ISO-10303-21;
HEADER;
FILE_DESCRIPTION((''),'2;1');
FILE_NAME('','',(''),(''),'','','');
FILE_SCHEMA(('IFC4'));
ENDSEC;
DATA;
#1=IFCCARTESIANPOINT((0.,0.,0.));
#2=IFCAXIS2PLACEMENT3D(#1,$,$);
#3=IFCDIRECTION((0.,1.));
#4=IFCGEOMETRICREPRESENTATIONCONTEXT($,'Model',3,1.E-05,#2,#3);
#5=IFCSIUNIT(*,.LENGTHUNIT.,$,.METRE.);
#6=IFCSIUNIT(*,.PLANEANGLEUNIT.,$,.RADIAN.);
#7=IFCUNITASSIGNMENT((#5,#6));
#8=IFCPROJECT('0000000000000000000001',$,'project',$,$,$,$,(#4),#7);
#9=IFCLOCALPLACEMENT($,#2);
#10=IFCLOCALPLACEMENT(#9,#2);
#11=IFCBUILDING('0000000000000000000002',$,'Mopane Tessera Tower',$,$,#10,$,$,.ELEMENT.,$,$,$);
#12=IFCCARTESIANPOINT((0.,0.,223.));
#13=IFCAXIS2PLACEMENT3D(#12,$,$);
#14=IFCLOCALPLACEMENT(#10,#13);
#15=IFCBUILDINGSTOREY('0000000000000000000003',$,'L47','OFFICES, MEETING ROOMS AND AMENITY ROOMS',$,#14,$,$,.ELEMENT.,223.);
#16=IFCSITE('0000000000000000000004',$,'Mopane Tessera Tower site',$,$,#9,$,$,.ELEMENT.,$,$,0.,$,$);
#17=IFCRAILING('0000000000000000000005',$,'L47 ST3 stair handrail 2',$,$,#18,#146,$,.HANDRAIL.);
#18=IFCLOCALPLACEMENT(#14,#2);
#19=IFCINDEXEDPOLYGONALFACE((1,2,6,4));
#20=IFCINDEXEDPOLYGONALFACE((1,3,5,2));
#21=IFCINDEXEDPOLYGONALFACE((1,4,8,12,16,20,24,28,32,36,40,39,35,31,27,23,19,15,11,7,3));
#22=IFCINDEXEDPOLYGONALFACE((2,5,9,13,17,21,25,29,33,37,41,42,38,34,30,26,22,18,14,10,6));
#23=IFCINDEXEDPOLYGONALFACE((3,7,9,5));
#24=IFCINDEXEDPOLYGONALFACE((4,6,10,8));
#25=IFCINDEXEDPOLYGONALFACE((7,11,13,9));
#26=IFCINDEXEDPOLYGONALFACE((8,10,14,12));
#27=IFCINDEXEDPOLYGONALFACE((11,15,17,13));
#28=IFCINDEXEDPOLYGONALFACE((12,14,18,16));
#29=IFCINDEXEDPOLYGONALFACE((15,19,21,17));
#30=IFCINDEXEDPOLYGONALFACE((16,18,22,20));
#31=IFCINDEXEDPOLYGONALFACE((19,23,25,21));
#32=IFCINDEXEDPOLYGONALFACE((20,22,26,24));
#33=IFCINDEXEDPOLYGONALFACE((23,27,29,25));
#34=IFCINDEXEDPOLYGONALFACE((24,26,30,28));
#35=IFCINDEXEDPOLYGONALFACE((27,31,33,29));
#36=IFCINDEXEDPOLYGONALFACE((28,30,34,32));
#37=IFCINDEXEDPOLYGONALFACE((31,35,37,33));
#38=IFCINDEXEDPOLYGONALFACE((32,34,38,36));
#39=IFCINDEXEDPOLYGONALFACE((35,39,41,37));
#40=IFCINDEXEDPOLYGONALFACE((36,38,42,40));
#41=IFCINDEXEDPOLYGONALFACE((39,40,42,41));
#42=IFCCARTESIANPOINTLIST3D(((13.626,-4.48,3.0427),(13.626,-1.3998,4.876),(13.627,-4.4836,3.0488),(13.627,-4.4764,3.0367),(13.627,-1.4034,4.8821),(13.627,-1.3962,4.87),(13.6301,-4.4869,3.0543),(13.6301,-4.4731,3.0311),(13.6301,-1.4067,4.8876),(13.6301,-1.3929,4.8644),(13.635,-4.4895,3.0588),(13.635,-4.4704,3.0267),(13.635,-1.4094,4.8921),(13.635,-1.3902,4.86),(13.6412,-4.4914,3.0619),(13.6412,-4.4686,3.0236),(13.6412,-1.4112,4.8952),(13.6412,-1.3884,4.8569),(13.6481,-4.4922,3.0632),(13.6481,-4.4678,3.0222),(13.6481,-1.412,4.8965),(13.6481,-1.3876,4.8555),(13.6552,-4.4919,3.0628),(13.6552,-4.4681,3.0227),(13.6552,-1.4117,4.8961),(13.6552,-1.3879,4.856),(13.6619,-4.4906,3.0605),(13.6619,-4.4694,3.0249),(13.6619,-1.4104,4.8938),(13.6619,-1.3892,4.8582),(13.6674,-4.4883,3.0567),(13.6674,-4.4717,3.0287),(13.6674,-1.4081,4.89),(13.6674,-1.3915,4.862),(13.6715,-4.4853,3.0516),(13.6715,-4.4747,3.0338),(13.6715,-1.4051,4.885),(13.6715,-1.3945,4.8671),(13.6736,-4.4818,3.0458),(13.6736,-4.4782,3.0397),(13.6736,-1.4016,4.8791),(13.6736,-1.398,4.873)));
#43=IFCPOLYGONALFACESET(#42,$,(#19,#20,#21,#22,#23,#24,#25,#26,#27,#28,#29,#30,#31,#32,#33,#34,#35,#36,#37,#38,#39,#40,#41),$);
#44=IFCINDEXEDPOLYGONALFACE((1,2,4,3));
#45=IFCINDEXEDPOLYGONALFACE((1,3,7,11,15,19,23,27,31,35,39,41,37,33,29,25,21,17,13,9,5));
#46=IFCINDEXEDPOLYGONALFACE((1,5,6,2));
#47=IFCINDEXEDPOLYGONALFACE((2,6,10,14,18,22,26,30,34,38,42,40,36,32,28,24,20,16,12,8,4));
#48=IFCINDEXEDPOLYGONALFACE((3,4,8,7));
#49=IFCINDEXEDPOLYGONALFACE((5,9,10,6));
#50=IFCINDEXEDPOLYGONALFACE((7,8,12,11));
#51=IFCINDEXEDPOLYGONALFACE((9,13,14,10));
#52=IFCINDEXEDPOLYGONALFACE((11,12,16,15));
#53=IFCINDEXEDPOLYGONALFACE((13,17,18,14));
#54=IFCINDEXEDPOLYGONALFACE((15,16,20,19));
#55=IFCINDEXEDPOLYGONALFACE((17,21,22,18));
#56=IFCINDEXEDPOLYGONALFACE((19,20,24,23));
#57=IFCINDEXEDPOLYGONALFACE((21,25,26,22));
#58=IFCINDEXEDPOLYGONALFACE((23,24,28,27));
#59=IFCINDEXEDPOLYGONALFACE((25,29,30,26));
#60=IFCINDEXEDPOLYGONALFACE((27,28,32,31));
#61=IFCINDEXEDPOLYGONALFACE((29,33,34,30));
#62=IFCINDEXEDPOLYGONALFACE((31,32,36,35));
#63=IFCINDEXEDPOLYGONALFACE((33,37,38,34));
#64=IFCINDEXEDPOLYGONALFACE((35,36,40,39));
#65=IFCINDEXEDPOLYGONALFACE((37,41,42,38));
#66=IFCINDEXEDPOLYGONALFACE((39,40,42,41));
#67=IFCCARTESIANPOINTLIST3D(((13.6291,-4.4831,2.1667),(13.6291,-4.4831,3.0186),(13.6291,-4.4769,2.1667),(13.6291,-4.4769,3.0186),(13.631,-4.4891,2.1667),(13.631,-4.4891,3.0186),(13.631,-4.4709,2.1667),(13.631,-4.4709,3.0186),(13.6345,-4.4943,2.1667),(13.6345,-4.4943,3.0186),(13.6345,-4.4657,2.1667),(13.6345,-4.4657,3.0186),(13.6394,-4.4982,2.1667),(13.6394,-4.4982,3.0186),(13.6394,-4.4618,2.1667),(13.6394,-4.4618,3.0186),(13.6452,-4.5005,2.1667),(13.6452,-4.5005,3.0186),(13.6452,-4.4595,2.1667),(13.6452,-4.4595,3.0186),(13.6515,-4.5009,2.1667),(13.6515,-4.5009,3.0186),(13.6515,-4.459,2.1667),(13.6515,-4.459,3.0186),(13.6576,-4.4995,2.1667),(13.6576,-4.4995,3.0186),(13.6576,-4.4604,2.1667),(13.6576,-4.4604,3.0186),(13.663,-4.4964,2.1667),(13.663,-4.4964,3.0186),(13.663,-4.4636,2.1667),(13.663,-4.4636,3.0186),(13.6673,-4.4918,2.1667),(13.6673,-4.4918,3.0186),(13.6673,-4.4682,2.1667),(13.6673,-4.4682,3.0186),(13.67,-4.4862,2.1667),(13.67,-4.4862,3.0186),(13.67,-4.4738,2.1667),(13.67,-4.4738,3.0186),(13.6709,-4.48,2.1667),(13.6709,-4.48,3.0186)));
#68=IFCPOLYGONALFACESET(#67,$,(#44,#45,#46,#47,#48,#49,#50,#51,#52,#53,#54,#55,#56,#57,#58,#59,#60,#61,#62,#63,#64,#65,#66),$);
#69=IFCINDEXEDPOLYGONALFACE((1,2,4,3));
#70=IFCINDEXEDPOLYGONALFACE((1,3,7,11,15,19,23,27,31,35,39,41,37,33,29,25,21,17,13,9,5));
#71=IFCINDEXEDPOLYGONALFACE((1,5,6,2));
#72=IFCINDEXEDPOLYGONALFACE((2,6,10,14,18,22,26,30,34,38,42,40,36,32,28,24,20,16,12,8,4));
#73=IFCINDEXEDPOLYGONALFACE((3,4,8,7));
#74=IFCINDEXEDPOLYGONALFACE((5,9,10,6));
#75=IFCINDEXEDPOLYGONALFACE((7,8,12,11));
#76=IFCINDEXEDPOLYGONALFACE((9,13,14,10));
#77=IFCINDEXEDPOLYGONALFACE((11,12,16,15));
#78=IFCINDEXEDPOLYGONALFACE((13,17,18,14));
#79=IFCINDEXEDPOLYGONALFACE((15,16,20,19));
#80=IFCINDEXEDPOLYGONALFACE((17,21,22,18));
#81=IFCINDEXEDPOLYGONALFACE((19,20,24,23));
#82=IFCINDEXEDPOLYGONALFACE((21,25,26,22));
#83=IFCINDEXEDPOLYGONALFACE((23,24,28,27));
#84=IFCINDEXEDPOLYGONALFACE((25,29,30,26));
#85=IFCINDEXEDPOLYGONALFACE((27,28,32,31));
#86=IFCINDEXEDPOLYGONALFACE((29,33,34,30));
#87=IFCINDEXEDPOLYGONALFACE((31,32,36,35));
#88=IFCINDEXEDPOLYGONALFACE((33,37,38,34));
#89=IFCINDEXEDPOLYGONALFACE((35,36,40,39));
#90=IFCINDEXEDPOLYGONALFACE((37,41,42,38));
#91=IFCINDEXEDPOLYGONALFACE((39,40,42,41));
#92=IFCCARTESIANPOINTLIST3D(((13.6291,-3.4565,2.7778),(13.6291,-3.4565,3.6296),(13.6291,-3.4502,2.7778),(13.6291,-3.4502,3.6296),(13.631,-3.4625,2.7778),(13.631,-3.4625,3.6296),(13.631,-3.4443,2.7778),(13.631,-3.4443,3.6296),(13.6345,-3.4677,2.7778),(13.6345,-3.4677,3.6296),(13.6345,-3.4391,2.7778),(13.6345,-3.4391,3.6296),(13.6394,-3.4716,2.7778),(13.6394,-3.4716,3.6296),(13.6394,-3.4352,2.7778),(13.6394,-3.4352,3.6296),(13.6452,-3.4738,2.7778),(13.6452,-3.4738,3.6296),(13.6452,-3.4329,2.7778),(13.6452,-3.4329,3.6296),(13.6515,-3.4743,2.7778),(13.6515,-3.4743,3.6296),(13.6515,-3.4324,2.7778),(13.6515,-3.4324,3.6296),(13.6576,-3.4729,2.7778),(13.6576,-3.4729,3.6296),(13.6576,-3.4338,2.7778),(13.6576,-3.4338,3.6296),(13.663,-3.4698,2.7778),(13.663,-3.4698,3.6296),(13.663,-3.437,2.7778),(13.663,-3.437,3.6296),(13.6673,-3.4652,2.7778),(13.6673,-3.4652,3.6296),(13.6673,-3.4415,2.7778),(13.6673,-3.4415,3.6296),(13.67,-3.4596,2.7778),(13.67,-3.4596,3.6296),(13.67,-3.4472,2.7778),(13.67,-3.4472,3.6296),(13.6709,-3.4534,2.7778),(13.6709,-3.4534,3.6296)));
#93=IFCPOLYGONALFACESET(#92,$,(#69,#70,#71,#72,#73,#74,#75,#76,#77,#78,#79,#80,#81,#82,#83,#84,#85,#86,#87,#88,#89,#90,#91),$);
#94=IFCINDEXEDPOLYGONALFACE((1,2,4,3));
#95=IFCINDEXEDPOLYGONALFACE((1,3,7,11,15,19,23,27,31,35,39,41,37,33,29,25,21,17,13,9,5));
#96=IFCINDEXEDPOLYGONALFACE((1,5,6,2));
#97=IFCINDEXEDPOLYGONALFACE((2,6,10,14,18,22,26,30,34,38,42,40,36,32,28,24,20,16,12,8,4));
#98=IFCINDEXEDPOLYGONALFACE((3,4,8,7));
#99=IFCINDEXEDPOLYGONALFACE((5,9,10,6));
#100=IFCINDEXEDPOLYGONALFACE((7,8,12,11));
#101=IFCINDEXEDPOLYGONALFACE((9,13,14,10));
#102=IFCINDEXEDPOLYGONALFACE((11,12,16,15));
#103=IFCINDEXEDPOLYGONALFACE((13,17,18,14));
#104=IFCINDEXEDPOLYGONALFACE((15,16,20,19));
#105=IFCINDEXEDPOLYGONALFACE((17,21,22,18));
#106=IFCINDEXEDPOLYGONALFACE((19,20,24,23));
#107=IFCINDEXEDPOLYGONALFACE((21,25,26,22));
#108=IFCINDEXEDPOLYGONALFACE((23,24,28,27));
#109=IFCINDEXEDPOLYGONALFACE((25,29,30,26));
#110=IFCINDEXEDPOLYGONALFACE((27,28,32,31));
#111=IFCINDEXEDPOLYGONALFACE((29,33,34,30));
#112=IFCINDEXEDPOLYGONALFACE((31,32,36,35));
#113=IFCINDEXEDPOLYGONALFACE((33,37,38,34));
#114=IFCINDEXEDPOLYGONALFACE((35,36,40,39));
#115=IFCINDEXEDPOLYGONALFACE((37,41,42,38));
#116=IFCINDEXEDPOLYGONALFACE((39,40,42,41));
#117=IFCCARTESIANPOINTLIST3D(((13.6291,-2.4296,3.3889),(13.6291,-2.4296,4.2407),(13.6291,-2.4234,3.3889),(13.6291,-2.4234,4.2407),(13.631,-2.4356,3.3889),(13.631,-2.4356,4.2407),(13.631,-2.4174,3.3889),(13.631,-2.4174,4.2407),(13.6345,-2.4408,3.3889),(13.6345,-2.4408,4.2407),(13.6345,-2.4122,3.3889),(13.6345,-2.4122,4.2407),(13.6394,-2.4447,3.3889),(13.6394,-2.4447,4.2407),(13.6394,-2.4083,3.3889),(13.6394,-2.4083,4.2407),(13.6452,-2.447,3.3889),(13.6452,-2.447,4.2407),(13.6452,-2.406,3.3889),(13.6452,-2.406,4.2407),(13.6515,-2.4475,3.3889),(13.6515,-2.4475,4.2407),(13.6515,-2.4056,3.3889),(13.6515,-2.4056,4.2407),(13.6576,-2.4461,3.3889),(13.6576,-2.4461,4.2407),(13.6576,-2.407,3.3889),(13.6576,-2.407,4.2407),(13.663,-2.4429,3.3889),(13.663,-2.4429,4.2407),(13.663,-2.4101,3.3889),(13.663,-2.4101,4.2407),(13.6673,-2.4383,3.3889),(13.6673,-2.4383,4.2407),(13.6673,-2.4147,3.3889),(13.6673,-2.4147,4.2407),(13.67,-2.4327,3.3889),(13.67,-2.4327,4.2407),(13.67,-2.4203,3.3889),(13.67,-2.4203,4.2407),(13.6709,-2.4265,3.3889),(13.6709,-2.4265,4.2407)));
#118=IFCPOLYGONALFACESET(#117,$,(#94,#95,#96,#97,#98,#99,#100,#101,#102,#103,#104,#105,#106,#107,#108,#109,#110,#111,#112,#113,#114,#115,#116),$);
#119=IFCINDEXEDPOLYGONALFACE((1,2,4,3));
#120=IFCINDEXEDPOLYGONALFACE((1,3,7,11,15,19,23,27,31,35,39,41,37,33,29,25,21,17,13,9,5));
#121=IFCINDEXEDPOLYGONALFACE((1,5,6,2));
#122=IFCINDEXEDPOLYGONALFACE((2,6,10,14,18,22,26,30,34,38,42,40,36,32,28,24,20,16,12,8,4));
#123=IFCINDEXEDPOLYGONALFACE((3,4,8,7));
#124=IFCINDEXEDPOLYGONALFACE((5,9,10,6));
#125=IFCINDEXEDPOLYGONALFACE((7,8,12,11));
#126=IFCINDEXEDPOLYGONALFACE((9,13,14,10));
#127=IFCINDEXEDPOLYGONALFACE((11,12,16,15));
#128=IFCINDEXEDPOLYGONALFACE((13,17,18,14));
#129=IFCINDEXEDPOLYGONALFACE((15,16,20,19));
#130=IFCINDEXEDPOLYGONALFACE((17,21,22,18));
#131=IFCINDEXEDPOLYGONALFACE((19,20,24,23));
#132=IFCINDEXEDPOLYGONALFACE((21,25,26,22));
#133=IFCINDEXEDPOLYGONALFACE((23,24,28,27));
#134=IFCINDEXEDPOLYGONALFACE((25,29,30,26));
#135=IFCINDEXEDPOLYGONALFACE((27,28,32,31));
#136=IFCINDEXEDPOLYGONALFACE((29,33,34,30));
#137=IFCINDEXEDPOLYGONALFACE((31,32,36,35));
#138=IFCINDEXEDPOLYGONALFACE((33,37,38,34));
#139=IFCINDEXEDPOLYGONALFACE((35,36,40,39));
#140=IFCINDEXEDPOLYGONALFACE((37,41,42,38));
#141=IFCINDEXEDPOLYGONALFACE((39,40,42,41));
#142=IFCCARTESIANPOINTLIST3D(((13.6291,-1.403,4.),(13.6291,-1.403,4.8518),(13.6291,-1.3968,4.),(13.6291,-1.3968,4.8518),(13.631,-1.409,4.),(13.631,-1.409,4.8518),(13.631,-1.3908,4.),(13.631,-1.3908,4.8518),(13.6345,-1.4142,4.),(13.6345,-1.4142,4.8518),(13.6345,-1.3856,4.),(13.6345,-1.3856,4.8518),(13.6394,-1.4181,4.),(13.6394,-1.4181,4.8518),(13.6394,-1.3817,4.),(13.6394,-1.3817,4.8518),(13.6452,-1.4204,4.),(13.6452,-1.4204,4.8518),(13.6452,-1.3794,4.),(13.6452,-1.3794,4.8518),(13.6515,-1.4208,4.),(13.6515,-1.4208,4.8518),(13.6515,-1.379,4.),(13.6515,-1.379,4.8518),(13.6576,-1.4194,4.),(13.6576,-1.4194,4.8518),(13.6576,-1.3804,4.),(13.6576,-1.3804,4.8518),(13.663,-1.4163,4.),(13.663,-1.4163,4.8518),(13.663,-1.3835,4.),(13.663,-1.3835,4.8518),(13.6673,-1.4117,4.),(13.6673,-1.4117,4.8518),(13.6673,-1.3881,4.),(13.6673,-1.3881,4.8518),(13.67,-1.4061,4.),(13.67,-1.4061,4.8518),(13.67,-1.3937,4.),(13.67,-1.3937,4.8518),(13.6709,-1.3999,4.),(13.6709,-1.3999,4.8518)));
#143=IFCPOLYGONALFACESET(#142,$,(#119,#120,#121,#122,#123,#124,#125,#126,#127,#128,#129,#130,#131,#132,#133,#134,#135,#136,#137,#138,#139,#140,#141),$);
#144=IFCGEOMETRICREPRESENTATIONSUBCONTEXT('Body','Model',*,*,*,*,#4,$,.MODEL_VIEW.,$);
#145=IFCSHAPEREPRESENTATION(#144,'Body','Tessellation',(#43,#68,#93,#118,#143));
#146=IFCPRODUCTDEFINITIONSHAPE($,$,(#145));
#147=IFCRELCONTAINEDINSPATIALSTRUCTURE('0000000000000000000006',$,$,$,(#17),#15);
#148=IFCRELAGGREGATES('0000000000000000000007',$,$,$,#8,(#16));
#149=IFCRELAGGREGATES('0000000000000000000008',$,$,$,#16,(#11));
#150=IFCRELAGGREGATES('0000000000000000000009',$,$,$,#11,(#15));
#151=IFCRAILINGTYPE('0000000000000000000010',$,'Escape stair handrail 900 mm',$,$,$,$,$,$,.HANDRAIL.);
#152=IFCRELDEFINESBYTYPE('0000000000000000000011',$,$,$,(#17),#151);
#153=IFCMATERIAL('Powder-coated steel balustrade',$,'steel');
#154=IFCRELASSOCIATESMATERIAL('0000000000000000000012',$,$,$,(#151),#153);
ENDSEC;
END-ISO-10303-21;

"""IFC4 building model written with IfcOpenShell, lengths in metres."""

from ifc_helpers import new_model, si_unit, direction, frame, origin, origin_2d, place, context, subcontext, project, spatial, circle, extrude, material, type_object, element, save


model = new_model("IFC4")

# Units and contexts
model_context = context("Model", 3, precision=1e-05, world=origin(), true_north=direction((0.0, 1.0)))
body_context = subcontext(model_context, "Body", "Model", "MODEL_VIEW")
ifc_project = project(units=[si_unit("LENGTHUNIT", "METRE"), si_unit("PLANEANGLEUNIT", "RADIAN")], contexts=[model_context])

# Site, building, storey
site_placement = place(None, origin())
site = spatial("IfcSite", under=ifc_project, at=site_placement, Name="Mopane Tessera Tower site", CompositionType="ELEMENT", RefElevation=0.0)
building_placement = place(site_placement, origin())
building = spatial("IfcBuilding", under=site, at=building_placement, Name="Mopane Tessera Tower", CompositionType="ELEMENT")
storey_placement = place(building_placement, frame((0.0, 0.0, 223.0)))
storey = spatial("IfcBuildingStorey", under=building, at=storey_placement, Name="L47", Description="OFFICES, MEETING ROOMS AND AMENITY ROOMS", CompositionType="ELEMENT", Elevation=223.0)

# Railing
ifc_material_1 = material(Name="Powder-coated steel balustrade", Category="steel")
railing_type_1 = type_object("IfcRailingType", Name="Escape stair handrail 900 mm", PredefinedType="HANDRAIL", material=ifc_material_1)
railing_1_placement = place(storey_placement, frame((13.6499, -4.48, 2.1667)))
element("IfcRailing", 1, at=railing_1_placement, inside=storey, type_object=railing_type_1, Name="L47 ST3 stair handrail 2", PredefinedType="HANDRAIL", context=body_context, shape_type="SweptSolid", body=[
    extrude(circle(Radius=0.0239, at=origin_2d()), frame((0.0, 0.0, 0.876), z_axis=(0.0, 0.859309, 0.511458), x_axis=(-1.0, 0.0, 0.0)), (0.0, 0.0, 1.0), 3.5845),
    extrude(circle(Radius=0.021, at=origin_2d()), origin(), (0.0, 0.0, 1.0), 0.8518),
    extrude(circle(Radius=0.021, at=origin_2d()), frame((0.0, 1.0266, 0.6111)), (0.0, 0.0, 1.0), 0.8518),
    extrude(circle(Radius=0.021, at=origin_2d()), frame((0.0, 2.0535, 1.2222)), (0.0, 0.0, 1.0), 0.8518),
    extrude(circle(Radius=0.021, at=origin_2d()), frame((0.0, 3.0801, 1.8333)), (0.0, 0.0, 1.0), 0.8518),
])

save(model, "model.ifc")
